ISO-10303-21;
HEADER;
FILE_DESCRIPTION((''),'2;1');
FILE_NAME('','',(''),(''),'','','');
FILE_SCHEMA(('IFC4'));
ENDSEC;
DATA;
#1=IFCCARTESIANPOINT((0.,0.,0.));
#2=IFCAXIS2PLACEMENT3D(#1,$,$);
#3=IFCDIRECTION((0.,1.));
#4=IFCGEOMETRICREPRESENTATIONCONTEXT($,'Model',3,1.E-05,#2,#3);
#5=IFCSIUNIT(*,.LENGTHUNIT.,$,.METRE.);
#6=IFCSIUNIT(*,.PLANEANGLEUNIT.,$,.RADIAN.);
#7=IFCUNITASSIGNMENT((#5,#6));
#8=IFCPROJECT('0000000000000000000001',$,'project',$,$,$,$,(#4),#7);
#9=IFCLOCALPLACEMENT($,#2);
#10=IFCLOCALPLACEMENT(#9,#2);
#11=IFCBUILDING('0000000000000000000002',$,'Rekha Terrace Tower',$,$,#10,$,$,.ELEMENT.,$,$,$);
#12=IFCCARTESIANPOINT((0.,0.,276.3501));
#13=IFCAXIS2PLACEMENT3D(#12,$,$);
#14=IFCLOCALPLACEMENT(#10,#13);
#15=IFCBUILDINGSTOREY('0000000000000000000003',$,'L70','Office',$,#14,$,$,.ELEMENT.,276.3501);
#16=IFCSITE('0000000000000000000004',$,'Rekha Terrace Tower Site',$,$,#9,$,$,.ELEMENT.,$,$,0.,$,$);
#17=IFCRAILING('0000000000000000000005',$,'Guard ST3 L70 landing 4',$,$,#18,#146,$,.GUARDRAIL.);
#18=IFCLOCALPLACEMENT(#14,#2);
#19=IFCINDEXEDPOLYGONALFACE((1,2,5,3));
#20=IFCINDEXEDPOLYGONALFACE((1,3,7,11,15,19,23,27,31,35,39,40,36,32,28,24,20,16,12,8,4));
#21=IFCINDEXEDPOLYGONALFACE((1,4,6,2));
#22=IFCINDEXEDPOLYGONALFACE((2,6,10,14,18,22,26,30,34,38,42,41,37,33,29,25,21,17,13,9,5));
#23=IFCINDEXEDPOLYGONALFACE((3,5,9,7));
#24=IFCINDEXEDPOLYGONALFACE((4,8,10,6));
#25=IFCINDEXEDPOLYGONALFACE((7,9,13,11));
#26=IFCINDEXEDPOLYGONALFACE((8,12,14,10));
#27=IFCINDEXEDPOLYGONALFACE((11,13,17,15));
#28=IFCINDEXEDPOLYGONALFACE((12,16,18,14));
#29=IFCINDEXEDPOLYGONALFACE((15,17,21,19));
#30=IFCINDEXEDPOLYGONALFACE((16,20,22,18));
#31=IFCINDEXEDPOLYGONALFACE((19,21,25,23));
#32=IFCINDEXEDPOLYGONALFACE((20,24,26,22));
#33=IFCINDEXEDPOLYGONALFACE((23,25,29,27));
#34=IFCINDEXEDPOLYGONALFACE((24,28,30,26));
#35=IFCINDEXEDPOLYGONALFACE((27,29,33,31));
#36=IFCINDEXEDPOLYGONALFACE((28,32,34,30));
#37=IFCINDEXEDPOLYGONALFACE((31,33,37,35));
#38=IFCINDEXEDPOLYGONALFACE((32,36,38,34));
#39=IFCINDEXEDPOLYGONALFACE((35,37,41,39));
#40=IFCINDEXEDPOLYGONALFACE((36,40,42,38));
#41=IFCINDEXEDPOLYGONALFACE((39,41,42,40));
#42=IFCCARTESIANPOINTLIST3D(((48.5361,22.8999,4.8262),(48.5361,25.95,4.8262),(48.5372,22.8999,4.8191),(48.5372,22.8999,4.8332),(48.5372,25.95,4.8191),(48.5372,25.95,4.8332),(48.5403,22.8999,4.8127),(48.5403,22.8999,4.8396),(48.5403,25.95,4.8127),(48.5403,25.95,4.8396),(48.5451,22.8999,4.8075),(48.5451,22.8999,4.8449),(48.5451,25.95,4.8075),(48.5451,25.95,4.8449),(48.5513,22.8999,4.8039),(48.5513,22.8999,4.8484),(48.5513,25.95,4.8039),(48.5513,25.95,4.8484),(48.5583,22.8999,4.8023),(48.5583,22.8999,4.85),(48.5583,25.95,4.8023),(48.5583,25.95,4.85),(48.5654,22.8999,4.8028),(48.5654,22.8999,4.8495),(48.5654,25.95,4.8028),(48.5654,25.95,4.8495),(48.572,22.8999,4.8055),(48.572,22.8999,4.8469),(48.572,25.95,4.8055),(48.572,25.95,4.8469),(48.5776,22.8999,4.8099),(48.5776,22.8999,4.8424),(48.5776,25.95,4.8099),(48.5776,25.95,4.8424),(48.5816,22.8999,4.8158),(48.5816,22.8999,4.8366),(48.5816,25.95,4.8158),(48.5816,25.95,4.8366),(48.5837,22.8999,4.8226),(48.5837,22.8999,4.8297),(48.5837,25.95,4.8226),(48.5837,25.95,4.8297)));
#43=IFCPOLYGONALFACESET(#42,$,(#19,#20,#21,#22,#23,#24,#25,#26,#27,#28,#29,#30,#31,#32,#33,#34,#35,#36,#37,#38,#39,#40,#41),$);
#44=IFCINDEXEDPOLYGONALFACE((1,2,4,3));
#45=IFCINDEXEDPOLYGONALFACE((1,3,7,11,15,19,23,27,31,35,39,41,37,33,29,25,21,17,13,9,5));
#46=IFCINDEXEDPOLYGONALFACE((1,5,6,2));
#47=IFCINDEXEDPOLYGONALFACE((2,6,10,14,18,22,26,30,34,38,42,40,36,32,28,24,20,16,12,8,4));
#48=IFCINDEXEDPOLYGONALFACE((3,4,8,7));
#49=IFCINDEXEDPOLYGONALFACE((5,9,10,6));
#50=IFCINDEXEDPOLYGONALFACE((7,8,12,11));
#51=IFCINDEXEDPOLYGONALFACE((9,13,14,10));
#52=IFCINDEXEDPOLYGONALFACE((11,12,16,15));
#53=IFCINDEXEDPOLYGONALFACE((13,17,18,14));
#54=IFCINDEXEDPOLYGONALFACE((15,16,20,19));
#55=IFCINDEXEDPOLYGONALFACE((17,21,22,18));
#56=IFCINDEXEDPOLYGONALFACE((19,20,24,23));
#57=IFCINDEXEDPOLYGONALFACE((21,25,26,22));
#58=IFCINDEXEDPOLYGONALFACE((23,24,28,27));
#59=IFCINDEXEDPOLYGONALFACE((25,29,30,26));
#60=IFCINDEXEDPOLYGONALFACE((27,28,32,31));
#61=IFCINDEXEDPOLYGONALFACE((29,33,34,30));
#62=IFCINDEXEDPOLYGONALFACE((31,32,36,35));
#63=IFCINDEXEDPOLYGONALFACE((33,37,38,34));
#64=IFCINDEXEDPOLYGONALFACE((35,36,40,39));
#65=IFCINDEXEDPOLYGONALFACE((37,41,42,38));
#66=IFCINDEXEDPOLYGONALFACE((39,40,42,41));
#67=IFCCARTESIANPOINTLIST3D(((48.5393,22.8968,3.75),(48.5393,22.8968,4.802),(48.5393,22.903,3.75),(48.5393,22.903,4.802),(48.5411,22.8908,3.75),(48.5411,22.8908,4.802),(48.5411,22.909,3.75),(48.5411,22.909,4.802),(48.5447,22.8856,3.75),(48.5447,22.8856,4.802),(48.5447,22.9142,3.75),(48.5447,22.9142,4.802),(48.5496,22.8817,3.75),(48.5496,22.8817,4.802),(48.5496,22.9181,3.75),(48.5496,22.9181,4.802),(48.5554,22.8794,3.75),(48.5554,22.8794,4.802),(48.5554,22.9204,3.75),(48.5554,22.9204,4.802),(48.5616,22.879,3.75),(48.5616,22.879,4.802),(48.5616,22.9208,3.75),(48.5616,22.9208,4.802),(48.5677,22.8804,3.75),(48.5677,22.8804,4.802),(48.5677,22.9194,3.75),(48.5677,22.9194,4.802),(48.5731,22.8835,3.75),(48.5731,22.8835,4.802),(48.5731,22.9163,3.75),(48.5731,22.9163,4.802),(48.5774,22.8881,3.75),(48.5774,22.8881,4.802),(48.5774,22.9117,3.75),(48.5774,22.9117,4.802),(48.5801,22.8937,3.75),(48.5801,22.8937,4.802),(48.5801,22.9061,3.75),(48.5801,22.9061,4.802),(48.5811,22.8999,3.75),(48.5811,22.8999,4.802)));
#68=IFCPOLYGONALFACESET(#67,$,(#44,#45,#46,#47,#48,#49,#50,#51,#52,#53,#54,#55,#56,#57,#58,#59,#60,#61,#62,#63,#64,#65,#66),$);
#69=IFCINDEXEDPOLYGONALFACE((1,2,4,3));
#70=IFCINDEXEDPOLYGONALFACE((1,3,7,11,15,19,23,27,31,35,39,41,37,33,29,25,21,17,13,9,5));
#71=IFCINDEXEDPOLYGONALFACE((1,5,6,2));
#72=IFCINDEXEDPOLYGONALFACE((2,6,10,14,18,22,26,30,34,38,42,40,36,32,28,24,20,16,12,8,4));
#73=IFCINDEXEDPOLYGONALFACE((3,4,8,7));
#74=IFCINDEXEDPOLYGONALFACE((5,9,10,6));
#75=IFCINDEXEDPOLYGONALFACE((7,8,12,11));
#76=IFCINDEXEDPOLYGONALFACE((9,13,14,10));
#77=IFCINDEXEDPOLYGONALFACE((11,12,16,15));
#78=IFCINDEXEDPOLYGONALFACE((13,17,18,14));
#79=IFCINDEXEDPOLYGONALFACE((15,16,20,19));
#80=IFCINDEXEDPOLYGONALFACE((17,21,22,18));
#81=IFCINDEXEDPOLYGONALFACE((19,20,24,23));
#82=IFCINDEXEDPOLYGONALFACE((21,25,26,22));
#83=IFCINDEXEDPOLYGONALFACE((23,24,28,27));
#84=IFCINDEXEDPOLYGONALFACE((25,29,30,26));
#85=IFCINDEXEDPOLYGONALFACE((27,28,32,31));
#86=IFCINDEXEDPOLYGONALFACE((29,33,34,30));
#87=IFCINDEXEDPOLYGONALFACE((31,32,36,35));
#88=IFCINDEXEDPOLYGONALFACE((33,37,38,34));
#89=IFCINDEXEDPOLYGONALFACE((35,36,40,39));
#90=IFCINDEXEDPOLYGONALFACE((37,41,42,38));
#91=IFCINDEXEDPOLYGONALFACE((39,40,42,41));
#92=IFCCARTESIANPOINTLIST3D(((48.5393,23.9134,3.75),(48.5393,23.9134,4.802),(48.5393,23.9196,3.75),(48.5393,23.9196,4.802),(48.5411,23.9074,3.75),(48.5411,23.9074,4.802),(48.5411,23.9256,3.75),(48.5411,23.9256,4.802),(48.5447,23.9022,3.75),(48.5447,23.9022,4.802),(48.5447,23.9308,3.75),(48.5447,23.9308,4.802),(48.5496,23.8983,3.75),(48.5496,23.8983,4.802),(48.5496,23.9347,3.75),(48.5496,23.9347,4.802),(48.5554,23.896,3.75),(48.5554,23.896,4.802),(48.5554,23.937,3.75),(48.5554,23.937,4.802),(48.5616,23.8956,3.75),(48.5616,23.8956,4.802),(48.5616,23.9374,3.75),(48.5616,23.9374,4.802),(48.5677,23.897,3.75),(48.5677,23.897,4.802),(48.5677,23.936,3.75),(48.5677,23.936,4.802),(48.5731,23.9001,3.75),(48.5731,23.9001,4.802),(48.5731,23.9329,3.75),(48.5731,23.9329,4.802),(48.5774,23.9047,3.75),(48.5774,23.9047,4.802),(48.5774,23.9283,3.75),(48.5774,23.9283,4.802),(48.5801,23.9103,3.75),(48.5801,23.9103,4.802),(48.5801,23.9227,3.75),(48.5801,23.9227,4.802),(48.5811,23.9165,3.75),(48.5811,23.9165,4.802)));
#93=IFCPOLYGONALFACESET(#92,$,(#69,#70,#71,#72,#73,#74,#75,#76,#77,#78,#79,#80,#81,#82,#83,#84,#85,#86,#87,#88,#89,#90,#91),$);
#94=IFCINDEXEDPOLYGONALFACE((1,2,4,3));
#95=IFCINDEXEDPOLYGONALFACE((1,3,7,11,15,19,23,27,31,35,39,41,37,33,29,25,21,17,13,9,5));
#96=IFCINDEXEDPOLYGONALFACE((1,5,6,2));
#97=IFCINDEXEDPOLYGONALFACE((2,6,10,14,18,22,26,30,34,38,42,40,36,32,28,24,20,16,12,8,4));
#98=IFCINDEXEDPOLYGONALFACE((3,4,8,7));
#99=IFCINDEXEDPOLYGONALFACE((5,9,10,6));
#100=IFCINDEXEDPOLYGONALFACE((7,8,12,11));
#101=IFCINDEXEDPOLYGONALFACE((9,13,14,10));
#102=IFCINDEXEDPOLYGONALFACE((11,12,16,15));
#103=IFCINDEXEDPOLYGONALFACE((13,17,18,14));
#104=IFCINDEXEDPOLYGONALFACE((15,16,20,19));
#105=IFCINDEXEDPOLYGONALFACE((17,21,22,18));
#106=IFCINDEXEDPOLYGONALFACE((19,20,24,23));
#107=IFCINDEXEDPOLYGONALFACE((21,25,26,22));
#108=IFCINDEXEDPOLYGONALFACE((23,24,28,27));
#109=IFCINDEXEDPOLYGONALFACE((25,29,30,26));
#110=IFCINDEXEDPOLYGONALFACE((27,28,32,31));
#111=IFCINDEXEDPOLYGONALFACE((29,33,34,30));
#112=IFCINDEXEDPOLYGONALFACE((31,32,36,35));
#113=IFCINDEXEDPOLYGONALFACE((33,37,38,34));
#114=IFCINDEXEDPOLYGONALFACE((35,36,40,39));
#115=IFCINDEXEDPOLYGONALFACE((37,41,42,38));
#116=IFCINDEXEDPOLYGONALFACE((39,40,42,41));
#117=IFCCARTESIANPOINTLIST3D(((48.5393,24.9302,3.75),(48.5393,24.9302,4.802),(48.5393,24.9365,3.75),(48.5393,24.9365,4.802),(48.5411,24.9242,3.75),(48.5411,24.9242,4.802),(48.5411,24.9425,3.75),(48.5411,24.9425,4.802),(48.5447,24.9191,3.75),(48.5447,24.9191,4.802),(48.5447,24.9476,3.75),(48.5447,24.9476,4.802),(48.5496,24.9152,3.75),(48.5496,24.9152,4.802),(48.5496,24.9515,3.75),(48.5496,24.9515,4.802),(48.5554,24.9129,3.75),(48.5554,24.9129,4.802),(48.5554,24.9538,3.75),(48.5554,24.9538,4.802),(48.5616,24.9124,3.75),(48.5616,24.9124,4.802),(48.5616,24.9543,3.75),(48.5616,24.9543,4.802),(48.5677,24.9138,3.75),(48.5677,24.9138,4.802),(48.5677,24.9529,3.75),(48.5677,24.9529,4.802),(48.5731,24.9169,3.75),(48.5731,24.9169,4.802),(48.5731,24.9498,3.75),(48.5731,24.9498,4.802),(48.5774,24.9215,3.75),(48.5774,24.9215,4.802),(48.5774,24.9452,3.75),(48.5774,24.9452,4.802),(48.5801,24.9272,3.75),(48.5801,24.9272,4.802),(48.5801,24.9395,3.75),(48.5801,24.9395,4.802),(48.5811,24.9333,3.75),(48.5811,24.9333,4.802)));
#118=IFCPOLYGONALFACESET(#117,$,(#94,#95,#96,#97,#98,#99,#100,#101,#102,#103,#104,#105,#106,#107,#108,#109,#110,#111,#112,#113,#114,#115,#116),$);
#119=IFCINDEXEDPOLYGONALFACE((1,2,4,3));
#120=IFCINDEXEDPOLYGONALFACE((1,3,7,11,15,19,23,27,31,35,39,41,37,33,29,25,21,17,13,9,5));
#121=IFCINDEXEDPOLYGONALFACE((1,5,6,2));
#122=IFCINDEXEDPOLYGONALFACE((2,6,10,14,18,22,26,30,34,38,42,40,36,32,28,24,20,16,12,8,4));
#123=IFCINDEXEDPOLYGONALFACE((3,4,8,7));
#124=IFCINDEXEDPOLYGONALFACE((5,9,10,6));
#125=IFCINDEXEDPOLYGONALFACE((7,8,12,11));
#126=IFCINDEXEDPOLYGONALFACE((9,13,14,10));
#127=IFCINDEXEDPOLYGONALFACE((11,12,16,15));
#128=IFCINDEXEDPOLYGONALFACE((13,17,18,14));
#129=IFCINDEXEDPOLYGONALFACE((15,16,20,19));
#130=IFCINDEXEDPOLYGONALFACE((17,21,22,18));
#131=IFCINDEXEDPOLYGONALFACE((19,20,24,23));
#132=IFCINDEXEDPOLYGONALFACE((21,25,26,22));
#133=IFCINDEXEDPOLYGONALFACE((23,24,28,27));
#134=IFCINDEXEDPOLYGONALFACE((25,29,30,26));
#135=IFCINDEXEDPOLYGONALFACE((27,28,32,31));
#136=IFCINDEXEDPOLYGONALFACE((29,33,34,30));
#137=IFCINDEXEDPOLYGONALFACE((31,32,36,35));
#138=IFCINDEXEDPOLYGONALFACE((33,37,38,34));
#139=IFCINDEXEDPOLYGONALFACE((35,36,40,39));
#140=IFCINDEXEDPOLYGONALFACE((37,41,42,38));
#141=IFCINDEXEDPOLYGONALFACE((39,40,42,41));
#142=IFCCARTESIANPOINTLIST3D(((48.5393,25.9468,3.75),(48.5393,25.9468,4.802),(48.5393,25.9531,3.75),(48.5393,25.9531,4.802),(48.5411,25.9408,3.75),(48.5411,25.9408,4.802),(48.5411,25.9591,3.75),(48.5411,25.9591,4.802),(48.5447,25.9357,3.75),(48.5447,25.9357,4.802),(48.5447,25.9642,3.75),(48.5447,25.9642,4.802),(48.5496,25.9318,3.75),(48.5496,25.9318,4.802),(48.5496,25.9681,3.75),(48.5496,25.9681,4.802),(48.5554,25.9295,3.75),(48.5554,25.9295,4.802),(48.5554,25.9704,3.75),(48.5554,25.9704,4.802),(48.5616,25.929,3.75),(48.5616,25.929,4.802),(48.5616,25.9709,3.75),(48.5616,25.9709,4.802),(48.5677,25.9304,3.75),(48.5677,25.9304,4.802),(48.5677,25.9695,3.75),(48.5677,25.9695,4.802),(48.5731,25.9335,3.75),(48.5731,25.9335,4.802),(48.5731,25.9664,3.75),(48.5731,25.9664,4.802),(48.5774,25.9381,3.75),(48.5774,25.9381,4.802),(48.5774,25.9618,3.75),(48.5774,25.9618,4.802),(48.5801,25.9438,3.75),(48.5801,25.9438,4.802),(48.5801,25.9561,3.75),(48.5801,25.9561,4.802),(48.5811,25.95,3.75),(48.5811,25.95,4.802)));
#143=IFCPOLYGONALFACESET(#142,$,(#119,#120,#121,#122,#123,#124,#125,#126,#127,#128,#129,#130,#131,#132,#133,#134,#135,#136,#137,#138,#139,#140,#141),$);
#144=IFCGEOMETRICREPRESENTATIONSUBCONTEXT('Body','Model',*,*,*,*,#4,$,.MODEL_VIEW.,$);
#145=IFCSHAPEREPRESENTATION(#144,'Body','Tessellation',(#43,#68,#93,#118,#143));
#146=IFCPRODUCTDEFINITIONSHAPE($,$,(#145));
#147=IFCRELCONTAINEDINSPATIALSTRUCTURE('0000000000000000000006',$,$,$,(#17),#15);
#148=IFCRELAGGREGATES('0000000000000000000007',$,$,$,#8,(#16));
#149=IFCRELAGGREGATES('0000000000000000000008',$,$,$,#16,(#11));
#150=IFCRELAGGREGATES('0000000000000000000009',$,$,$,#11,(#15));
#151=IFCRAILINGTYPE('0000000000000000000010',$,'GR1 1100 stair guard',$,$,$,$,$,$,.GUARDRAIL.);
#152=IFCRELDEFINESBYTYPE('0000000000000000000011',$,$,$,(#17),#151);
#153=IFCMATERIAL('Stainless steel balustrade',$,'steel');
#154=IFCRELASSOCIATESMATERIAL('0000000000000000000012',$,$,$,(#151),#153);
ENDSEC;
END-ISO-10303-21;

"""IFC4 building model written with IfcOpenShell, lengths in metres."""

from ifc_helpers import new_model, si_unit, direction, frame, origin, origin_2d, place, context, subcontext, project, spatial, circle, extrude, material, type_object, element, save


model = new_model("IFC4")

# Units and contexts
model_context = context("Model", 3, precision=1e-05, world=origin(), true_north=direction((0.0, 1.0)))
body_context = subcontext(model_context, "Body", "Model", "MODEL_VIEW")
ifc_project = project(units=[si_unit("LENGTHUNIT", "METRE"), si_unit("PLANEANGLEUNIT", "RADIAN")], contexts=[model_context])

# Site, building, storey
site_placement = place(None, origin())
site = spatial("IfcSite", under=ifc_project, at=site_placement, Name="Rekha Terrace Tower Site", CompositionType="ELEMENT", RefElevation=0.0)
building_placement = place(site_placement, origin())
building = spatial("IfcBuilding", under=site, at=building_placement, Name="Rekha Terrace Tower", CompositionType="ELEMENT")
storey_placement = place(building_placement, frame((0.0, 0.0, 276.3501)))
storey = spatial("IfcBuildingStorey", under=building, at=storey_placement, Name="L70", Description="Office", CompositionType="ELEMENT", Elevation=276.3501)

# Railing
ifc_material_1 = material(Name="Stainless steel balustrade", Category="steel")
railing_type_1 = type_object("IfcRailingType", Name="GR1 1100 stair guard", PredefinedType="GUARDRAIL", material=ifc_material_1)
railing_1_placement = place(storey_placement, frame((48.5601, 22.8999, 3.75)))
element("IfcRailing", 1, at=railing_1_placement, inside=storey, type_object=railing_type_1, Name="Guard ST3 L70 landing 4", PredefinedType="GUARDRAIL", context=body_context, shape_type="SweptSolid", body=[
    extrude(circle(Radius=0.0239, at=origin_2d()), frame((0.0, 0.0, 1.0762), z_axis=(0.0, 1.0, 0.0), x_axis=(-1.0, 0.0, 0.0)), (0.0, 0.0, 1.0), 3.05),
    extrude(circle(Radius=0.021, at=origin_2d()), origin(), (0.0, 0.0, 1.0), 1.052),
    extrude(circle(Radius=0.021, at=origin_2d()), frame((0.0, 1.0166, 0.0)), (0.0, 0.0, 1.0), 1.052),
    extrude(circle(Radius=0.021, at=origin_2d()), frame((0.0, 2.0334, 0.0)), (0.0, 0.0, 1.0), 1.052),
    extrude(circle(Radius=0.021, at=origin_2d()), frame((0.0, 3.05, 0.0)), (0.0, 0.0, 1.0), 1.052),
])

save(model, "model.ifc")
